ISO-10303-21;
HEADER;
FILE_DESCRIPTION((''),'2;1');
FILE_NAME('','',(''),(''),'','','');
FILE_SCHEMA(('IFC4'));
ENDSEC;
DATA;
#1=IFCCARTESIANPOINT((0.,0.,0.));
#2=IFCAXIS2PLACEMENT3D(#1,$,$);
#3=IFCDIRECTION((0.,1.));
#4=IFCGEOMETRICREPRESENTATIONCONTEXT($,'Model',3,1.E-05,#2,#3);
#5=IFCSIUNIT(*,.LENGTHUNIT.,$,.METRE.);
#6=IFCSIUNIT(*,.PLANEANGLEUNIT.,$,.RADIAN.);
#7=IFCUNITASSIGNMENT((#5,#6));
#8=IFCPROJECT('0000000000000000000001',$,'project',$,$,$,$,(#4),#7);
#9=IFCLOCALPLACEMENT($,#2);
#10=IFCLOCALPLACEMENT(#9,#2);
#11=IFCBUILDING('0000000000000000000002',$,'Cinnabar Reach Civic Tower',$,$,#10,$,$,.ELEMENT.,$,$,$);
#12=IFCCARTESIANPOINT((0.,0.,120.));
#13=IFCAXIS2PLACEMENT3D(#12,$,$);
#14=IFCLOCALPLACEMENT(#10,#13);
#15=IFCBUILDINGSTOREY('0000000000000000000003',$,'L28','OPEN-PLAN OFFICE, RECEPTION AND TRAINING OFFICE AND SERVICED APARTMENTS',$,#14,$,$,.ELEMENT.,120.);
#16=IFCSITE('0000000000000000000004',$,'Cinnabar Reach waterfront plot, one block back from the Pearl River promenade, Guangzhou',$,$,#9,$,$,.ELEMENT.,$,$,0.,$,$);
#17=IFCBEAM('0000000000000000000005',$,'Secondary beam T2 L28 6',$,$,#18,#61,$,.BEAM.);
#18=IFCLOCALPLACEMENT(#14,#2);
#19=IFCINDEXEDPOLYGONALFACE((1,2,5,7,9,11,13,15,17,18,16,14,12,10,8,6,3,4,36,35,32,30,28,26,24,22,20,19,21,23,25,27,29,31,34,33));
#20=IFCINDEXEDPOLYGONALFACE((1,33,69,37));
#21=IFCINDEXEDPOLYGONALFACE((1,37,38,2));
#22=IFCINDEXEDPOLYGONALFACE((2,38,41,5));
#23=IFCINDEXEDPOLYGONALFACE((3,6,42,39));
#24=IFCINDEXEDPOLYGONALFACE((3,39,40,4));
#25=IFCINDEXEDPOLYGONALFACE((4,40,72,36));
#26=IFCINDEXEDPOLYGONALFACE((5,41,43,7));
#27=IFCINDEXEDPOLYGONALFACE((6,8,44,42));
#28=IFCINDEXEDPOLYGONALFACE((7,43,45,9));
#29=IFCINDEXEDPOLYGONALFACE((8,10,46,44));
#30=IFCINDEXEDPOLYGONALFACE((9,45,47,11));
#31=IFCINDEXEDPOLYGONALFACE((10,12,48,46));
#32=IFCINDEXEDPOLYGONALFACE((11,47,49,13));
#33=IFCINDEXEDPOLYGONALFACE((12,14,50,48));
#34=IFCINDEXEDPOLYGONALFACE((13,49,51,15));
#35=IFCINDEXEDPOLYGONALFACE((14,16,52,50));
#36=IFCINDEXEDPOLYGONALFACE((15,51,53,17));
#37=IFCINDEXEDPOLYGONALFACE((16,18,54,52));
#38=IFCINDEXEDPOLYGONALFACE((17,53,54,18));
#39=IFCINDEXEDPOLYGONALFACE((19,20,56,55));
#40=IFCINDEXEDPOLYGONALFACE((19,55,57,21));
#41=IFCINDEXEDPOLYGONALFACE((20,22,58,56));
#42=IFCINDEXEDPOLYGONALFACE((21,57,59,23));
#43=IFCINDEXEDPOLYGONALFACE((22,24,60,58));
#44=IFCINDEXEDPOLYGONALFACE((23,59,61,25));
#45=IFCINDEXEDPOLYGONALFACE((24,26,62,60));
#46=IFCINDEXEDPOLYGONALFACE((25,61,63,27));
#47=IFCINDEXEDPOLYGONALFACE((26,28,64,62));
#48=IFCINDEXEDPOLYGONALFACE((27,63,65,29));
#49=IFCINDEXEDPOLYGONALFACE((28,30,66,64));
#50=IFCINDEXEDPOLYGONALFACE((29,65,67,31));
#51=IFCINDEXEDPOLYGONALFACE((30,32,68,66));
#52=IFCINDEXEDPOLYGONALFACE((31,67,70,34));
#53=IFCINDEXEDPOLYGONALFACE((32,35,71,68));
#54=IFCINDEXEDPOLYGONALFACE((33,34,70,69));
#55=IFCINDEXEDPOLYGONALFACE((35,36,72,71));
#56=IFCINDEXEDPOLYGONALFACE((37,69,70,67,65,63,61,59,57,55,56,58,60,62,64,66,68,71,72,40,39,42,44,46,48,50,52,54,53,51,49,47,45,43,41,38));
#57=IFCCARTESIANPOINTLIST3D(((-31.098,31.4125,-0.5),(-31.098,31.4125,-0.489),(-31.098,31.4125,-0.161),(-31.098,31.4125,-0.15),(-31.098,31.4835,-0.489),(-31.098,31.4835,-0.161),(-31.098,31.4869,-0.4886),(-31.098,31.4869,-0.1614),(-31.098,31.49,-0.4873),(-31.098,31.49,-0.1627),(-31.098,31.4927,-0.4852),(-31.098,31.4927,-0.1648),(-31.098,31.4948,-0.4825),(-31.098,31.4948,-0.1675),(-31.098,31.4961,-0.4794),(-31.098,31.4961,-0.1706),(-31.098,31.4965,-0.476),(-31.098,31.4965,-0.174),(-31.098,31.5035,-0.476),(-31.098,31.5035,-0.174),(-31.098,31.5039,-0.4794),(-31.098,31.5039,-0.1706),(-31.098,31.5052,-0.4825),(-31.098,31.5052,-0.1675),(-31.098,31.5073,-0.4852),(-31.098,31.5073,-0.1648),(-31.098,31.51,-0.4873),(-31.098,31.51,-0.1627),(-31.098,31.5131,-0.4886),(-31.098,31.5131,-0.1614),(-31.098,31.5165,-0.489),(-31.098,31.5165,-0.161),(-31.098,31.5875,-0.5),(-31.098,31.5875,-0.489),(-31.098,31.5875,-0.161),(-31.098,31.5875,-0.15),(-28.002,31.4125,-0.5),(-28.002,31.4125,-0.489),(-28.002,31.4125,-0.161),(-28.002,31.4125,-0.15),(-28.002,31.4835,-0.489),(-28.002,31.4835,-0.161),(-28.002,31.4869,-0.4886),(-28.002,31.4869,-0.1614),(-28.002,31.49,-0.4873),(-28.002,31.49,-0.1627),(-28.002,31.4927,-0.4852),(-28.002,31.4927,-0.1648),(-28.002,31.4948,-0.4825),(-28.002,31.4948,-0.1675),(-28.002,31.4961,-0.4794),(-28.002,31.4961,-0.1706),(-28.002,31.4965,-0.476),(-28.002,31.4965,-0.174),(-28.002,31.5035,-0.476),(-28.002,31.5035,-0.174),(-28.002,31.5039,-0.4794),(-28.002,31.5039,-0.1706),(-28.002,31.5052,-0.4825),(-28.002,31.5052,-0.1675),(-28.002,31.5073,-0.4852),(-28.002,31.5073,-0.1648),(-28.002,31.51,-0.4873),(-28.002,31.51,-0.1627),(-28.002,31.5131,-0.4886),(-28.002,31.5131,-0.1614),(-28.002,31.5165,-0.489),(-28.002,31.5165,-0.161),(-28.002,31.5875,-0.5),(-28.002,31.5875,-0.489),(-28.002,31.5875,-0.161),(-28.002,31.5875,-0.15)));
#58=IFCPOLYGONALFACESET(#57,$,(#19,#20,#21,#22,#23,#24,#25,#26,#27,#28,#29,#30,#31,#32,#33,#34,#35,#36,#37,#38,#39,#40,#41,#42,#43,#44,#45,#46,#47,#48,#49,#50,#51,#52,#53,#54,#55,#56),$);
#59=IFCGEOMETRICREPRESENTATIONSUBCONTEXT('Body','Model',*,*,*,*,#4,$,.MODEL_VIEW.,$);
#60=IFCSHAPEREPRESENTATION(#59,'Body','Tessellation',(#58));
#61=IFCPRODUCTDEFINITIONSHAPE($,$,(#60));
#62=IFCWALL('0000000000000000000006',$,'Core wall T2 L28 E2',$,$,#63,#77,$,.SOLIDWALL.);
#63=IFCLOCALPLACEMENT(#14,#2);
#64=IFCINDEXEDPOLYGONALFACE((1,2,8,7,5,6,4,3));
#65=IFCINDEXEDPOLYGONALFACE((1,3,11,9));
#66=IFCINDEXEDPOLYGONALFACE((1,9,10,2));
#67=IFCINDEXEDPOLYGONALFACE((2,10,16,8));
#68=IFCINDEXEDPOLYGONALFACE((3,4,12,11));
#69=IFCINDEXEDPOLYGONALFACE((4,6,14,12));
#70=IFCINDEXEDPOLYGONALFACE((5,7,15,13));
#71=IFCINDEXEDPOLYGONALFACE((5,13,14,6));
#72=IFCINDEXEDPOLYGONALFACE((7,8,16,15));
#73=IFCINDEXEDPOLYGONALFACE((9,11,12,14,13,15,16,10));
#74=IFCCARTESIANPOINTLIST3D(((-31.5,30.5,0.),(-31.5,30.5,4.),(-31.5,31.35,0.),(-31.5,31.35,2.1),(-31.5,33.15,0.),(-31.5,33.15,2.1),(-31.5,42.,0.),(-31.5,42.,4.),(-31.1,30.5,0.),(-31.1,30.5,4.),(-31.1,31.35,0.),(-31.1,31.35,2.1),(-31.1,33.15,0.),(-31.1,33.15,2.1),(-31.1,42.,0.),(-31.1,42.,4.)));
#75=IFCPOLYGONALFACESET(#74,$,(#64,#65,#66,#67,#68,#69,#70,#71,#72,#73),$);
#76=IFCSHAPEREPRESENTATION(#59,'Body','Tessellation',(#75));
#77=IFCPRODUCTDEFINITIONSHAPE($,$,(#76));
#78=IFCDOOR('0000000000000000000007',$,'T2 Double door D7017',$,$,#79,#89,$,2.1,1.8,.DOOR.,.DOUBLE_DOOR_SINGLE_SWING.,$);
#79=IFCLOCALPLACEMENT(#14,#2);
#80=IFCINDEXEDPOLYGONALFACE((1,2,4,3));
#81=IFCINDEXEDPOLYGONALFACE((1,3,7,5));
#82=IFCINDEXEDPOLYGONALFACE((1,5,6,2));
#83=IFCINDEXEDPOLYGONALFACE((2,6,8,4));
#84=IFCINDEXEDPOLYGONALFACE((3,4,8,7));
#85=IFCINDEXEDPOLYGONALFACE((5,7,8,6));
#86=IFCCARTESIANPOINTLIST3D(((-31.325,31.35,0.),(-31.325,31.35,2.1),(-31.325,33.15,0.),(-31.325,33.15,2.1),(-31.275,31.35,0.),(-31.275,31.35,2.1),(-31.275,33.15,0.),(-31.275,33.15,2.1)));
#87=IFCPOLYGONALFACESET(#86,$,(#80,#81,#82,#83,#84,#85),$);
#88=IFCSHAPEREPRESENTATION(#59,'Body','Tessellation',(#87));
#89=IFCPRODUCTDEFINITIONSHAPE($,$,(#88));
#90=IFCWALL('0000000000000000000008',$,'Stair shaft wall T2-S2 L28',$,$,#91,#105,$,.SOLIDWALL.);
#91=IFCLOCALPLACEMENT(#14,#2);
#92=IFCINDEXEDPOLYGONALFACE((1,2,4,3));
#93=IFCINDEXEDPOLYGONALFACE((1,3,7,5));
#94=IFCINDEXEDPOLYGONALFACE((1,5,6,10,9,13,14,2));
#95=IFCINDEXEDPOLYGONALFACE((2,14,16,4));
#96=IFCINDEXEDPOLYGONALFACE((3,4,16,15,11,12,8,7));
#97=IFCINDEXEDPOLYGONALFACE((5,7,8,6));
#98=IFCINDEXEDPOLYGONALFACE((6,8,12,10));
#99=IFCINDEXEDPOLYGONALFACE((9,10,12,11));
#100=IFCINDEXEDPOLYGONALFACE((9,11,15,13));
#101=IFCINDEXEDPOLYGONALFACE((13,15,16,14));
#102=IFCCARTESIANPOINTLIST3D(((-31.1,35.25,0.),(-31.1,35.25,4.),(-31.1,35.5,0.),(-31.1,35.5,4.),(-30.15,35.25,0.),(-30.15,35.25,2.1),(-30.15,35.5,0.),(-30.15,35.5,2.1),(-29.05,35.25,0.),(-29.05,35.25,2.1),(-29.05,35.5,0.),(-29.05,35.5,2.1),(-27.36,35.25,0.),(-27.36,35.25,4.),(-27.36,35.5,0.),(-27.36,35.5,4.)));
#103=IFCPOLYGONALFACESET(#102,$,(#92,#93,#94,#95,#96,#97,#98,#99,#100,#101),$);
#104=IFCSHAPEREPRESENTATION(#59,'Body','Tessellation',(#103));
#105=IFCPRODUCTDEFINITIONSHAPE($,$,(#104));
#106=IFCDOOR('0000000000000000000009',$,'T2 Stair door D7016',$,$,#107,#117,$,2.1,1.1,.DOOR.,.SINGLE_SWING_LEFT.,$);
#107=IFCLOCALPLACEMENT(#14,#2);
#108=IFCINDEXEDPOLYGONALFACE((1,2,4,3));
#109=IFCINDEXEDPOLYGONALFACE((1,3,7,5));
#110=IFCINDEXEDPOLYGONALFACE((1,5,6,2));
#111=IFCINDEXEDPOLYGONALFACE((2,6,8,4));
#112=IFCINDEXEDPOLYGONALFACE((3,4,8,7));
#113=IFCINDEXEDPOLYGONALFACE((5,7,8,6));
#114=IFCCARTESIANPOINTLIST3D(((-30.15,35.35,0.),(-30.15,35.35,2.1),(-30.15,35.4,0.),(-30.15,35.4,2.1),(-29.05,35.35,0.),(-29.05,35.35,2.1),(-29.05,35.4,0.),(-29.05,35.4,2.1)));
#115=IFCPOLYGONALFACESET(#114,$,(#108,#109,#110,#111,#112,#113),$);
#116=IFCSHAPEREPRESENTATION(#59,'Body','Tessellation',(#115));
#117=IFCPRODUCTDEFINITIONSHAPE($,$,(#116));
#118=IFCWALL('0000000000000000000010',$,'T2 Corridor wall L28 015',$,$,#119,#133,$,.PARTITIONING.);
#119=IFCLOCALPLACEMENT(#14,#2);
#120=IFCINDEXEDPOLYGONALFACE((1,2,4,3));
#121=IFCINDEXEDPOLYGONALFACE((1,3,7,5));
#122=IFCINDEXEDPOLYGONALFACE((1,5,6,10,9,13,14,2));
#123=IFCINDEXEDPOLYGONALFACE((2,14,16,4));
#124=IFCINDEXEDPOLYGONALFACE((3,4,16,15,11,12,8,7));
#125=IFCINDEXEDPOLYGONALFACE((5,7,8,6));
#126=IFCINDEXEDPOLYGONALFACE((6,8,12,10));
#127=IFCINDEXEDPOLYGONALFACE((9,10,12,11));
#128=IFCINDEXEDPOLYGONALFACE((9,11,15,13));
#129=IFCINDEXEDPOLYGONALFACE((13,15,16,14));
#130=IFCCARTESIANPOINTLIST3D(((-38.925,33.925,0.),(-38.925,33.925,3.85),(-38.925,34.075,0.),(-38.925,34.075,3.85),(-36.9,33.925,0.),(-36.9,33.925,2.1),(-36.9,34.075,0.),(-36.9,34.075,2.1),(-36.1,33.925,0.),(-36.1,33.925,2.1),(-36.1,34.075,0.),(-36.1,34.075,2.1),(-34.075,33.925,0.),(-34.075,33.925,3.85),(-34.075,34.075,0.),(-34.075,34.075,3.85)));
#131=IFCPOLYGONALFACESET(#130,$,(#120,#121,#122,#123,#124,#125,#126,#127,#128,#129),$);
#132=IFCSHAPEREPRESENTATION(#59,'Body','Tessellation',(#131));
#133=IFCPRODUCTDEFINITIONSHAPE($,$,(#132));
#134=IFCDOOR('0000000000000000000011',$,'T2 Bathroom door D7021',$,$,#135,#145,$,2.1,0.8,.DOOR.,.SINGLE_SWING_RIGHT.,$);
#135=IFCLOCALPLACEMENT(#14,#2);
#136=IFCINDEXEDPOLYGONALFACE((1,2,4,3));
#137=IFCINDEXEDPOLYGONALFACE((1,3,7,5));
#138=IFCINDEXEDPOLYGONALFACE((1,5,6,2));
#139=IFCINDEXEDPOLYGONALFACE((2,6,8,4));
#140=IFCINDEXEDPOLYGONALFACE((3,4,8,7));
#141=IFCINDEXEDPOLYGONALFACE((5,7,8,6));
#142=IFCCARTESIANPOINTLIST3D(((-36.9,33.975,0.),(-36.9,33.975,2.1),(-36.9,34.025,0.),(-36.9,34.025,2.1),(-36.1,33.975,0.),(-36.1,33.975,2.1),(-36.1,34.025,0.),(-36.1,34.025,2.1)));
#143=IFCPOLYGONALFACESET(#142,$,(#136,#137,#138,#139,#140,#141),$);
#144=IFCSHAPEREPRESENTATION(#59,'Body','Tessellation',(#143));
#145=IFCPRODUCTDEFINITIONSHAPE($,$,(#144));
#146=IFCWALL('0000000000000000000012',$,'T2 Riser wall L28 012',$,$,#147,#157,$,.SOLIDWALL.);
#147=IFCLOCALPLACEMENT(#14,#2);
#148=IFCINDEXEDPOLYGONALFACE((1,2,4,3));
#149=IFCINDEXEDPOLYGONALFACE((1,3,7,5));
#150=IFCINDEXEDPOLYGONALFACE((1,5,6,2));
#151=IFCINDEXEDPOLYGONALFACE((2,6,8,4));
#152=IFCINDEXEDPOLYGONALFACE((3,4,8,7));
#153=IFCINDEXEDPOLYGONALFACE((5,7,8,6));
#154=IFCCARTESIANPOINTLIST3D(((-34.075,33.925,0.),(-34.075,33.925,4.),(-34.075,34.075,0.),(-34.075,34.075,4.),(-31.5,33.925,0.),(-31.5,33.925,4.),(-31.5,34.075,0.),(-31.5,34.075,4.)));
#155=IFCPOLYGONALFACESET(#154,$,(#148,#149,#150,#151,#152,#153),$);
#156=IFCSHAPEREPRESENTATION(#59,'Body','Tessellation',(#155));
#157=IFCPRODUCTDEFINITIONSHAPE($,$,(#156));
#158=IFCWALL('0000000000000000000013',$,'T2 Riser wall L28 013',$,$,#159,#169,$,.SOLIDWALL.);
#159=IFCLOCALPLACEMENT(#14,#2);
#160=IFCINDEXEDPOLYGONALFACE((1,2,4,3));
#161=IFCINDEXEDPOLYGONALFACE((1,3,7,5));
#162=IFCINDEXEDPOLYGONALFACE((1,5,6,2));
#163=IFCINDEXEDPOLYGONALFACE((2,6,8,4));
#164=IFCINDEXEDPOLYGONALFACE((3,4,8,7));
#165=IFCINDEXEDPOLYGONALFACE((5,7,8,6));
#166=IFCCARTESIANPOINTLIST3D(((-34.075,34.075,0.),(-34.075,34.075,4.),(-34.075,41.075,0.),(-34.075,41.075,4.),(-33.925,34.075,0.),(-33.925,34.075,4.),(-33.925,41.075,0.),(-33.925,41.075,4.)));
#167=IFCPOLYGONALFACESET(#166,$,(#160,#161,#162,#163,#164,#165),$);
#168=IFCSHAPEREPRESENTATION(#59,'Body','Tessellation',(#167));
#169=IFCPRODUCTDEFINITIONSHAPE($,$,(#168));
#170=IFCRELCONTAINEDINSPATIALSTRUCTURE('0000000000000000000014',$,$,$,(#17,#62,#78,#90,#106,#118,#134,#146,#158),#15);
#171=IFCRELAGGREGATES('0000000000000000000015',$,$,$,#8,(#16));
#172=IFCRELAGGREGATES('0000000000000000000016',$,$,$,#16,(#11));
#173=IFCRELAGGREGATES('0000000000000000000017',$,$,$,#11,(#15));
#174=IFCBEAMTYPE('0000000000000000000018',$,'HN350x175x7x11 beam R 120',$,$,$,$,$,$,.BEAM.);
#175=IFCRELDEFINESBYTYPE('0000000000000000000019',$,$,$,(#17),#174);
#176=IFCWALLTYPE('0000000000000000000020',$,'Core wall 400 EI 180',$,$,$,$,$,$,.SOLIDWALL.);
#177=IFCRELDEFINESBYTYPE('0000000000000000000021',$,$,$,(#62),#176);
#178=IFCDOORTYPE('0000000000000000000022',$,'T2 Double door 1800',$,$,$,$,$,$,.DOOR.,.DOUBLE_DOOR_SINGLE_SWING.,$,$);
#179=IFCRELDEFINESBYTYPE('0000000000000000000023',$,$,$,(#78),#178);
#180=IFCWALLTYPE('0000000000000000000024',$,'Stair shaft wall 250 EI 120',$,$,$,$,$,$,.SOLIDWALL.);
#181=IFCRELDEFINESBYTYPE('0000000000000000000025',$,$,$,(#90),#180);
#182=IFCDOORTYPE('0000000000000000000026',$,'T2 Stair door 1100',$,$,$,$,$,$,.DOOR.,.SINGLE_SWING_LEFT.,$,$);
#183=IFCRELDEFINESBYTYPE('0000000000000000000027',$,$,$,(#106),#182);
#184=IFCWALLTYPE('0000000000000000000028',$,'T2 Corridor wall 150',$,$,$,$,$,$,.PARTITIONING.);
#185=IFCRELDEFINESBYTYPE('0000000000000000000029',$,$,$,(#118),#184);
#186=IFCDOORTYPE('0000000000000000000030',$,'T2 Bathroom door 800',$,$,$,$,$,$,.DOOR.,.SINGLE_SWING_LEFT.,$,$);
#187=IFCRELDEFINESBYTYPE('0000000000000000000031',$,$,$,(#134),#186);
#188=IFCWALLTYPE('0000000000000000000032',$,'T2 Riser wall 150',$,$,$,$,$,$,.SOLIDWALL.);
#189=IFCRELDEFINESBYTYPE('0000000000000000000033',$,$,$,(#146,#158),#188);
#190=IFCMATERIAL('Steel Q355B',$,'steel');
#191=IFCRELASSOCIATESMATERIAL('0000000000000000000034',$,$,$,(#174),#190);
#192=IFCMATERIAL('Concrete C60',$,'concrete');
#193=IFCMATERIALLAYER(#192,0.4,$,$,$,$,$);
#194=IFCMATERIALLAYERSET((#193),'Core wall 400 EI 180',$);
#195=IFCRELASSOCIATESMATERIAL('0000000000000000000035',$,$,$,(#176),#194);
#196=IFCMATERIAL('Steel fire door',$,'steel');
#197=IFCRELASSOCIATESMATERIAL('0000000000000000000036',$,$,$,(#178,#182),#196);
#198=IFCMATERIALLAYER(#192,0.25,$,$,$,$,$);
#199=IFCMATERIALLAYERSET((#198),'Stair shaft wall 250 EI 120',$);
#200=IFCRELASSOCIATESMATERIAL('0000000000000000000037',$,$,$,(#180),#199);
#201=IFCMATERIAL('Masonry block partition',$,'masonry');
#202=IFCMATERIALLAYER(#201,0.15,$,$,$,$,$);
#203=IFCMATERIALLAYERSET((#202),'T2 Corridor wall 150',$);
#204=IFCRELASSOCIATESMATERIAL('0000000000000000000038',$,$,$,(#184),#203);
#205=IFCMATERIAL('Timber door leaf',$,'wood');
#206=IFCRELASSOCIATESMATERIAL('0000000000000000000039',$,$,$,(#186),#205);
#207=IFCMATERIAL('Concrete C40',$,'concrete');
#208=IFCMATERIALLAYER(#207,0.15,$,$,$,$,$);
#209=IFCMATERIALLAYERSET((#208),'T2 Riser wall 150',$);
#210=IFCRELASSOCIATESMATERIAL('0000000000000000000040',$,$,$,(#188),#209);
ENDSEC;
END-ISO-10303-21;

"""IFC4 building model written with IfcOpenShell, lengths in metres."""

from ifc_helpers import new_model, si_unit, direction, frame, frame_2d, origin, origin_2d, place, context, subcontext, project, spatial, rectangle, i_section, extrude, material, layer, layer_set, material_profile, profile_set, type_object, element, fill, save


model = new_model("IFC4")

# Units and contexts
model_context = context("Model", 3, precision=1e-05, world=origin(), true_north=direction((0.0, 1.0)))
body_context = subcontext(model_context, "Body", "Model", "MODEL_VIEW")
ifc_project = project(units=[si_unit("LENGTHUNIT", "METRE"), si_unit("PLANEANGLEUNIT", "RADIAN")], contexts=[model_context])

# Site, building, storey
site_placement = place(None, origin())
site = spatial("IfcSite", under=ifc_project, at=site_placement, Name="Cinnabar Reach waterfront plot, one block back from the Pearl River promenade, Guangzhou", CompositionType="ELEMENT", RefElevation=0.0)
building_placement = place(site_placement, origin())
building = spatial("IfcBuilding", under=site, at=building_placement, Name="Cinnabar Reach Civic Tower", CompositionType="ELEMENT")
storey_placement = place(building_placement, frame((0.0, 0.0, 120.0)))
storey = spatial("IfcBuildingStorey", under=building, at=storey_placement, Name="L28", Description="OPEN-PLAN OFFICE, RECEPTION AND TRAINING OFFICE AND SERVICED APARTMENTS", CompositionType="ELEMENT", Elevation=120.0)

# Beam
ifc_material_1 = material(Name="Steel Q355B", Category="steel")
ifc_material_profile = material_profile(ifc_material_1, i_section(OverallWidth=0.175, OverallDepth=0.35, WebThickness=0.007, FlangeThickness=0.011, FilletRadius=0.013, at=origin_2d()), Name="HN350x175x7x11")
ifc_profile_set = profile_set([ifc_material_profile], Name="Steel Q355B")
beam_type = type_object("IfcBeamType", Name="HN350x175x7x11 beam R 120", PredefinedType="BEAM", material=ifc_profile_set)
beam_placement = place(storey_placement, frame((-31.098, 31.5, -0.325), z_axis=(1.0, 0.0, 0.0), x_axis=(0.0, 1.0, 0.0)))
element("IfcBeam", 1, at=beam_placement, inside=storey, type_object=beam_type, Name="Secondary beam T2 L28 6", PredefinedType="BEAM", context=body_context, shape_type="SweptSolid", body=[
    extrude(i_section(OverallWidth=0.175, OverallDepth=0.35, WebThickness=0.007, FlangeThickness=0.011, FilletRadius=0.013, at=origin_2d()), origin(), (0.0, 0.0, 1.0), 3.096),
])

# Walls, openings, doors
ifc_material_2 = material(Name="Concrete C60", Category="concrete")
ifc_layer_1 = layer(ifc_material_2, 0.4)
ifc_layer_set_1 = layer_set([ifc_layer_1], Name="Core wall 400 EI 180")
wall_type_1 = type_object("IfcWallType", Name="Core wall 400 EI 180", PredefinedType="SOLIDWALL", material=ifc_layer_set_1)
wall_1_placement = place(storey_placement, frame((-31.3, 30.5, 0.0), z_axis=(0.0, 0.0, 1.0), x_axis=(0.0, 1.0, 0.0)))
wall_1 = element("IfcWall", 2, at=wall_1_placement, inside=storey, type_object=wall_type_1, Name="Core wall T2 L28 E2", PredefinedType="SOLIDWALL", context=body_context, shape_type="SweptSolid", body=[
    extrude(rectangle(XDim=11.5, YDim=0.4, at=frame_2d((5.75, 0.0))), origin(), (0.0, 0.0, 1.0), 4.0),
])
opening_1_placement = place(wall_1_placement, frame((0.85, 0.0, 0.0)))
opening_1 = element("IfcOpeningElement", 3, at=opening_1_placement, cuts=wall_1, PredefinedType="OPENING", context=body_context, shape_type="SweptSolid", body=[
    extrude(rectangle(XDim=1.8, YDim=2.1, at=frame_2d((0.9, 1.05))), frame((0.0, 0.21, 0.0), z_axis=(0.0, -1.0, 0.0), x_axis=(1.0, 0.0, 0.0)), (0.0, 0.0, 1.0), 0.42),
])
ifc_material_3 = material(Name="Steel fire door", Category="steel")
door_type_1 = type_object("IfcDoorType", Name="T2 Double door 1800", OperationType="DOUBLE_DOOR_SINGLE_SWING", PredefinedType="DOOR", material=ifc_material_3)
door_1_placement = place(opening_1_placement, origin())
door_1 = element("IfcDoor", 4, at=door_1_placement, inside=storey, type_object=door_type_1, Name="T2 Double door D7017", OperationType="DOUBLE_DOOR_SINGLE_SWING", OverallHeight=2.1, OverallWidth=1.8, PredefinedType="DOOR", context=body_context, shape_type="SweptSolid", body=[
    extrude(rectangle(XDim=1.8, YDim=2.1, at=frame_2d((0.9, 1.05))), frame((0.0, 0.025, 0.0), z_axis=(0.0, -1.0, 0.0), x_axis=(1.0, 0.0, 0.0)), (0.0, 0.0, 1.0), 0.05),
])
fill(opening_1, door_1)
ifc_layer_2 = layer(ifc_material_2, 0.25)
ifc_layer_set_2 = layer_set([ifc_layer_2], Name="Stair shaft wall 250 EI 120")
wall_type_2 = type_object("IfcWallType", Name="Stair shaft wall 250 EI 120", PredefinedType="SOLIDWALL", material=ifc_layer_set_2)
wall_2_placement = place(storey_placement, frame((-31.1, 35.375, 0.0), z_axis=(0.0, 0.0, 1.0), x_axis=(1.0, 0.0, 0.0)))
wall_2 = element("IfcWall", 5, at=wall_2_placement, inside=storey, type_object=wall_type_2, Name="Stair shaft wall T2-S2 L28", PredefinedType="SOLIDWALL", context=body_context, shape_type="SweptSolid", body=[
    extrude(rectangle(XDim=3.74, YDim=0.25, at=frame_2d((1.87, 0.0))), origin(), (0.0, 0.0, 1.0), 4.0),
])
opening_2_placement = place(wall_2_placement, frame((0.95, 0.0, 0.0)))
opening_2 = element("IfcOpeningElement", 6, at=opening_2_placement, cuts=wall_2, PredefinedType="OPENING", context=body_context, shape_type="SweptSolid", body=[
    extrude(rectangle(XDim=1.1, YDim=2.1, at=frame_2d((0.55, 1.05))), frame((0.0, 0.135, 0.0), z_axis=(0.0, -1.0, 0.0), x_axis=(1.0, 0.0, 0.0)), (0.0, 0.0, 1.0), 0.27),
])
door_type_2 = type_object("IfcDoorType", Name="T2 Stair door 1100", OperationType="SINGLE_SWING_LEFT", PredefinedType="DOOR", material=ifc_material_3)
door_2_placement = place(opening_2_placement, origin())
door_2 = element("IfcDoor", 7, at=door_2_placement, inside=storey, type_object=door_type_2, Name="T2 Stair door D7016", OperationType="SINGLE_SWING_LEFT", OverallHeight=2.1, OverallWidth=1.1, PredefinedType="DOOR", context=body_context, shape_type="SweptSolid", body=[
    extrude(rectangle(XDim=1.1, YDim=2.1, at=frame_2d((0.55, 1.05))), frame((0.0, 0.025, 0.0), z_axis=(0.0, -1.0, 0.0), x_axis=(1.0, 0.0, 0.0)), (0.0, 0.0, 1.0), 0.05),
])
fill(opening_2, door_2)
ifc_material_4 = material(Name="Masonry block partition", Category="masonry")
ifc_layer_3 = layer(ifc_material_4, 0.15)
ifc_layer_set_3 = layer_set([ifc_layer_3], Name="T2 Corridor wall 150")
wall_type_3 = type_object("IfcWallType", Name="T2 Corridor wall 150", PredefinedType="PARTITIONING", material=ifc_layer_set_3)
wall_3_placement = place(storey_placement, frame((-34.075, 34.0, 0.0), z_axis=(0.0, 0.0, 1.0), x_axis=(-1.0, 0.0, 0.0)))
wall_3 = element("IfcWall", 8, at=wall_3_placement, inside=storey, type_object=wall_type_3, Name="T2 Corridor wall L28 015", PredefinedType="PARTITIONING", context=body_context, shape_type="SweptSolid", body=[
    extrude(rectangle(XDim=4.85, YDim=0.15, at=frame_2d((2.425, 0.0))), origin(), (0.0, 0.0, 1.0), 3.85),
])
opening_3_placement = place(wall_3_placement, frame((2.025, 0.0, 0.0)))
opening_3 = element("IfcOpeningElement", 9, at=opening_3_placement, cuts=wall_3, PredefinedType="OPENING", context=body_context, shape_type="SweptSolid", body=[
    extrude(rectangle(XDim=0.8, YDim=2.1, at=frame_2d((0.4, 1.05))), frame((0.0, 0.085, 0.0), z_axis=(0.0, -1.0, 0.0), x_axis=(1.0, 0.0, 0.0)), (0.0, 0.0, 1.0), 0.17),
])
ifc_material_5 = material(Name="Timber door leaf", Category="wood")
door_type_3 = type_object("IfcDoorType", Name="T2 Bathroom door 800", OperationType="SINGLE_SWING_LEFT", PredefinedType="DOOR", material=ifc_material_5)
door_3_placement = place(opening_3_placement, frame((0.8, 0.0, 0.0), z_axis=(0.0, 0.0, 1.0), x_axis=(-1.0, 0.0, 0.0)))
door_3 = element("IfcDoor", 10, at=door_3_placement, inside=storey, type_object=door_type_3, Name="T2 Bathroom door D7021", OperationType="SINGLE_SWING_RIGHT", OverallHeight=2.1, OverallWidth=0.8, PredefinedType="DOOR", context=body_context, shape_type="SweptSolid", body=[
    extrude(rectangle(XDim=0.8, YDim=2.1, at=frame_2d((0.4, 1.05))), frame((0.0, 0.025, 0.0), z_axis=(0.0, -1.0, 0.0), x_axis=(1.0, 0.0, 0.0)), (0.0, 0.0, 1.0), 0.05),
])
fill(opening_3, door_3)

# Walls
ifc_material_6 = material(Name="Concrete C40", Category="concrete")
ifc_layer_4 = layer(ifc_material_6, 0.15)
ifc_layer_set_4 = layer_set([ifc_layer_4], Name="T2 Riser wall 150")
wall_type_4 = type_object("IfcWallType", Name="T2 Riser wall 150", PredefinedType="SOLIDWALL", material=ifc_layer_set_4)
wall_4_placement = place(storey_placement, frame((-34.075, 34.0, 0.0), z_axis=(0.0, 0.0, 1.0), x_axis=(1.0, 0.0, 0.0)))
element("IfcWall", 11, at=wall_4_placement, inside=storey, type_object=wall_type_4, Name="T2 Riser wall L28 012", PredefinedType="SOLIDWALL", context=body_context, shape_type="SweptSolid", body=[
    extrude(rectangle(XDim=2.575, YDim=0.15, at=frame_2d((1.2875, 0.0))), origin(), (0.0, 0.0, 1.0), 4.0),
])
wall_5_placement = place(storey_placement, frame((-34.0, 41.075, 0.0), z_axis=(0.0, 0.0, 1.0), x_axis=(0.0, -1.0, 0.0)))
element("IfcWall", 12, at=wall_5_placement, inside=storey, type_object=wall_type_4, Name="T2 Riser wall L28 013", PredefinedType="SOLIDWALL", context=body_context, shape_type="SweptSolid", body=[
    extrude(rectangle(XDim=7.0, YDim=0.15, at=frame_2d((3.5, 0.0))), origin(), (0.0, 0.0, 1.0), 4.0),
])

save(model, "model.ifc")
